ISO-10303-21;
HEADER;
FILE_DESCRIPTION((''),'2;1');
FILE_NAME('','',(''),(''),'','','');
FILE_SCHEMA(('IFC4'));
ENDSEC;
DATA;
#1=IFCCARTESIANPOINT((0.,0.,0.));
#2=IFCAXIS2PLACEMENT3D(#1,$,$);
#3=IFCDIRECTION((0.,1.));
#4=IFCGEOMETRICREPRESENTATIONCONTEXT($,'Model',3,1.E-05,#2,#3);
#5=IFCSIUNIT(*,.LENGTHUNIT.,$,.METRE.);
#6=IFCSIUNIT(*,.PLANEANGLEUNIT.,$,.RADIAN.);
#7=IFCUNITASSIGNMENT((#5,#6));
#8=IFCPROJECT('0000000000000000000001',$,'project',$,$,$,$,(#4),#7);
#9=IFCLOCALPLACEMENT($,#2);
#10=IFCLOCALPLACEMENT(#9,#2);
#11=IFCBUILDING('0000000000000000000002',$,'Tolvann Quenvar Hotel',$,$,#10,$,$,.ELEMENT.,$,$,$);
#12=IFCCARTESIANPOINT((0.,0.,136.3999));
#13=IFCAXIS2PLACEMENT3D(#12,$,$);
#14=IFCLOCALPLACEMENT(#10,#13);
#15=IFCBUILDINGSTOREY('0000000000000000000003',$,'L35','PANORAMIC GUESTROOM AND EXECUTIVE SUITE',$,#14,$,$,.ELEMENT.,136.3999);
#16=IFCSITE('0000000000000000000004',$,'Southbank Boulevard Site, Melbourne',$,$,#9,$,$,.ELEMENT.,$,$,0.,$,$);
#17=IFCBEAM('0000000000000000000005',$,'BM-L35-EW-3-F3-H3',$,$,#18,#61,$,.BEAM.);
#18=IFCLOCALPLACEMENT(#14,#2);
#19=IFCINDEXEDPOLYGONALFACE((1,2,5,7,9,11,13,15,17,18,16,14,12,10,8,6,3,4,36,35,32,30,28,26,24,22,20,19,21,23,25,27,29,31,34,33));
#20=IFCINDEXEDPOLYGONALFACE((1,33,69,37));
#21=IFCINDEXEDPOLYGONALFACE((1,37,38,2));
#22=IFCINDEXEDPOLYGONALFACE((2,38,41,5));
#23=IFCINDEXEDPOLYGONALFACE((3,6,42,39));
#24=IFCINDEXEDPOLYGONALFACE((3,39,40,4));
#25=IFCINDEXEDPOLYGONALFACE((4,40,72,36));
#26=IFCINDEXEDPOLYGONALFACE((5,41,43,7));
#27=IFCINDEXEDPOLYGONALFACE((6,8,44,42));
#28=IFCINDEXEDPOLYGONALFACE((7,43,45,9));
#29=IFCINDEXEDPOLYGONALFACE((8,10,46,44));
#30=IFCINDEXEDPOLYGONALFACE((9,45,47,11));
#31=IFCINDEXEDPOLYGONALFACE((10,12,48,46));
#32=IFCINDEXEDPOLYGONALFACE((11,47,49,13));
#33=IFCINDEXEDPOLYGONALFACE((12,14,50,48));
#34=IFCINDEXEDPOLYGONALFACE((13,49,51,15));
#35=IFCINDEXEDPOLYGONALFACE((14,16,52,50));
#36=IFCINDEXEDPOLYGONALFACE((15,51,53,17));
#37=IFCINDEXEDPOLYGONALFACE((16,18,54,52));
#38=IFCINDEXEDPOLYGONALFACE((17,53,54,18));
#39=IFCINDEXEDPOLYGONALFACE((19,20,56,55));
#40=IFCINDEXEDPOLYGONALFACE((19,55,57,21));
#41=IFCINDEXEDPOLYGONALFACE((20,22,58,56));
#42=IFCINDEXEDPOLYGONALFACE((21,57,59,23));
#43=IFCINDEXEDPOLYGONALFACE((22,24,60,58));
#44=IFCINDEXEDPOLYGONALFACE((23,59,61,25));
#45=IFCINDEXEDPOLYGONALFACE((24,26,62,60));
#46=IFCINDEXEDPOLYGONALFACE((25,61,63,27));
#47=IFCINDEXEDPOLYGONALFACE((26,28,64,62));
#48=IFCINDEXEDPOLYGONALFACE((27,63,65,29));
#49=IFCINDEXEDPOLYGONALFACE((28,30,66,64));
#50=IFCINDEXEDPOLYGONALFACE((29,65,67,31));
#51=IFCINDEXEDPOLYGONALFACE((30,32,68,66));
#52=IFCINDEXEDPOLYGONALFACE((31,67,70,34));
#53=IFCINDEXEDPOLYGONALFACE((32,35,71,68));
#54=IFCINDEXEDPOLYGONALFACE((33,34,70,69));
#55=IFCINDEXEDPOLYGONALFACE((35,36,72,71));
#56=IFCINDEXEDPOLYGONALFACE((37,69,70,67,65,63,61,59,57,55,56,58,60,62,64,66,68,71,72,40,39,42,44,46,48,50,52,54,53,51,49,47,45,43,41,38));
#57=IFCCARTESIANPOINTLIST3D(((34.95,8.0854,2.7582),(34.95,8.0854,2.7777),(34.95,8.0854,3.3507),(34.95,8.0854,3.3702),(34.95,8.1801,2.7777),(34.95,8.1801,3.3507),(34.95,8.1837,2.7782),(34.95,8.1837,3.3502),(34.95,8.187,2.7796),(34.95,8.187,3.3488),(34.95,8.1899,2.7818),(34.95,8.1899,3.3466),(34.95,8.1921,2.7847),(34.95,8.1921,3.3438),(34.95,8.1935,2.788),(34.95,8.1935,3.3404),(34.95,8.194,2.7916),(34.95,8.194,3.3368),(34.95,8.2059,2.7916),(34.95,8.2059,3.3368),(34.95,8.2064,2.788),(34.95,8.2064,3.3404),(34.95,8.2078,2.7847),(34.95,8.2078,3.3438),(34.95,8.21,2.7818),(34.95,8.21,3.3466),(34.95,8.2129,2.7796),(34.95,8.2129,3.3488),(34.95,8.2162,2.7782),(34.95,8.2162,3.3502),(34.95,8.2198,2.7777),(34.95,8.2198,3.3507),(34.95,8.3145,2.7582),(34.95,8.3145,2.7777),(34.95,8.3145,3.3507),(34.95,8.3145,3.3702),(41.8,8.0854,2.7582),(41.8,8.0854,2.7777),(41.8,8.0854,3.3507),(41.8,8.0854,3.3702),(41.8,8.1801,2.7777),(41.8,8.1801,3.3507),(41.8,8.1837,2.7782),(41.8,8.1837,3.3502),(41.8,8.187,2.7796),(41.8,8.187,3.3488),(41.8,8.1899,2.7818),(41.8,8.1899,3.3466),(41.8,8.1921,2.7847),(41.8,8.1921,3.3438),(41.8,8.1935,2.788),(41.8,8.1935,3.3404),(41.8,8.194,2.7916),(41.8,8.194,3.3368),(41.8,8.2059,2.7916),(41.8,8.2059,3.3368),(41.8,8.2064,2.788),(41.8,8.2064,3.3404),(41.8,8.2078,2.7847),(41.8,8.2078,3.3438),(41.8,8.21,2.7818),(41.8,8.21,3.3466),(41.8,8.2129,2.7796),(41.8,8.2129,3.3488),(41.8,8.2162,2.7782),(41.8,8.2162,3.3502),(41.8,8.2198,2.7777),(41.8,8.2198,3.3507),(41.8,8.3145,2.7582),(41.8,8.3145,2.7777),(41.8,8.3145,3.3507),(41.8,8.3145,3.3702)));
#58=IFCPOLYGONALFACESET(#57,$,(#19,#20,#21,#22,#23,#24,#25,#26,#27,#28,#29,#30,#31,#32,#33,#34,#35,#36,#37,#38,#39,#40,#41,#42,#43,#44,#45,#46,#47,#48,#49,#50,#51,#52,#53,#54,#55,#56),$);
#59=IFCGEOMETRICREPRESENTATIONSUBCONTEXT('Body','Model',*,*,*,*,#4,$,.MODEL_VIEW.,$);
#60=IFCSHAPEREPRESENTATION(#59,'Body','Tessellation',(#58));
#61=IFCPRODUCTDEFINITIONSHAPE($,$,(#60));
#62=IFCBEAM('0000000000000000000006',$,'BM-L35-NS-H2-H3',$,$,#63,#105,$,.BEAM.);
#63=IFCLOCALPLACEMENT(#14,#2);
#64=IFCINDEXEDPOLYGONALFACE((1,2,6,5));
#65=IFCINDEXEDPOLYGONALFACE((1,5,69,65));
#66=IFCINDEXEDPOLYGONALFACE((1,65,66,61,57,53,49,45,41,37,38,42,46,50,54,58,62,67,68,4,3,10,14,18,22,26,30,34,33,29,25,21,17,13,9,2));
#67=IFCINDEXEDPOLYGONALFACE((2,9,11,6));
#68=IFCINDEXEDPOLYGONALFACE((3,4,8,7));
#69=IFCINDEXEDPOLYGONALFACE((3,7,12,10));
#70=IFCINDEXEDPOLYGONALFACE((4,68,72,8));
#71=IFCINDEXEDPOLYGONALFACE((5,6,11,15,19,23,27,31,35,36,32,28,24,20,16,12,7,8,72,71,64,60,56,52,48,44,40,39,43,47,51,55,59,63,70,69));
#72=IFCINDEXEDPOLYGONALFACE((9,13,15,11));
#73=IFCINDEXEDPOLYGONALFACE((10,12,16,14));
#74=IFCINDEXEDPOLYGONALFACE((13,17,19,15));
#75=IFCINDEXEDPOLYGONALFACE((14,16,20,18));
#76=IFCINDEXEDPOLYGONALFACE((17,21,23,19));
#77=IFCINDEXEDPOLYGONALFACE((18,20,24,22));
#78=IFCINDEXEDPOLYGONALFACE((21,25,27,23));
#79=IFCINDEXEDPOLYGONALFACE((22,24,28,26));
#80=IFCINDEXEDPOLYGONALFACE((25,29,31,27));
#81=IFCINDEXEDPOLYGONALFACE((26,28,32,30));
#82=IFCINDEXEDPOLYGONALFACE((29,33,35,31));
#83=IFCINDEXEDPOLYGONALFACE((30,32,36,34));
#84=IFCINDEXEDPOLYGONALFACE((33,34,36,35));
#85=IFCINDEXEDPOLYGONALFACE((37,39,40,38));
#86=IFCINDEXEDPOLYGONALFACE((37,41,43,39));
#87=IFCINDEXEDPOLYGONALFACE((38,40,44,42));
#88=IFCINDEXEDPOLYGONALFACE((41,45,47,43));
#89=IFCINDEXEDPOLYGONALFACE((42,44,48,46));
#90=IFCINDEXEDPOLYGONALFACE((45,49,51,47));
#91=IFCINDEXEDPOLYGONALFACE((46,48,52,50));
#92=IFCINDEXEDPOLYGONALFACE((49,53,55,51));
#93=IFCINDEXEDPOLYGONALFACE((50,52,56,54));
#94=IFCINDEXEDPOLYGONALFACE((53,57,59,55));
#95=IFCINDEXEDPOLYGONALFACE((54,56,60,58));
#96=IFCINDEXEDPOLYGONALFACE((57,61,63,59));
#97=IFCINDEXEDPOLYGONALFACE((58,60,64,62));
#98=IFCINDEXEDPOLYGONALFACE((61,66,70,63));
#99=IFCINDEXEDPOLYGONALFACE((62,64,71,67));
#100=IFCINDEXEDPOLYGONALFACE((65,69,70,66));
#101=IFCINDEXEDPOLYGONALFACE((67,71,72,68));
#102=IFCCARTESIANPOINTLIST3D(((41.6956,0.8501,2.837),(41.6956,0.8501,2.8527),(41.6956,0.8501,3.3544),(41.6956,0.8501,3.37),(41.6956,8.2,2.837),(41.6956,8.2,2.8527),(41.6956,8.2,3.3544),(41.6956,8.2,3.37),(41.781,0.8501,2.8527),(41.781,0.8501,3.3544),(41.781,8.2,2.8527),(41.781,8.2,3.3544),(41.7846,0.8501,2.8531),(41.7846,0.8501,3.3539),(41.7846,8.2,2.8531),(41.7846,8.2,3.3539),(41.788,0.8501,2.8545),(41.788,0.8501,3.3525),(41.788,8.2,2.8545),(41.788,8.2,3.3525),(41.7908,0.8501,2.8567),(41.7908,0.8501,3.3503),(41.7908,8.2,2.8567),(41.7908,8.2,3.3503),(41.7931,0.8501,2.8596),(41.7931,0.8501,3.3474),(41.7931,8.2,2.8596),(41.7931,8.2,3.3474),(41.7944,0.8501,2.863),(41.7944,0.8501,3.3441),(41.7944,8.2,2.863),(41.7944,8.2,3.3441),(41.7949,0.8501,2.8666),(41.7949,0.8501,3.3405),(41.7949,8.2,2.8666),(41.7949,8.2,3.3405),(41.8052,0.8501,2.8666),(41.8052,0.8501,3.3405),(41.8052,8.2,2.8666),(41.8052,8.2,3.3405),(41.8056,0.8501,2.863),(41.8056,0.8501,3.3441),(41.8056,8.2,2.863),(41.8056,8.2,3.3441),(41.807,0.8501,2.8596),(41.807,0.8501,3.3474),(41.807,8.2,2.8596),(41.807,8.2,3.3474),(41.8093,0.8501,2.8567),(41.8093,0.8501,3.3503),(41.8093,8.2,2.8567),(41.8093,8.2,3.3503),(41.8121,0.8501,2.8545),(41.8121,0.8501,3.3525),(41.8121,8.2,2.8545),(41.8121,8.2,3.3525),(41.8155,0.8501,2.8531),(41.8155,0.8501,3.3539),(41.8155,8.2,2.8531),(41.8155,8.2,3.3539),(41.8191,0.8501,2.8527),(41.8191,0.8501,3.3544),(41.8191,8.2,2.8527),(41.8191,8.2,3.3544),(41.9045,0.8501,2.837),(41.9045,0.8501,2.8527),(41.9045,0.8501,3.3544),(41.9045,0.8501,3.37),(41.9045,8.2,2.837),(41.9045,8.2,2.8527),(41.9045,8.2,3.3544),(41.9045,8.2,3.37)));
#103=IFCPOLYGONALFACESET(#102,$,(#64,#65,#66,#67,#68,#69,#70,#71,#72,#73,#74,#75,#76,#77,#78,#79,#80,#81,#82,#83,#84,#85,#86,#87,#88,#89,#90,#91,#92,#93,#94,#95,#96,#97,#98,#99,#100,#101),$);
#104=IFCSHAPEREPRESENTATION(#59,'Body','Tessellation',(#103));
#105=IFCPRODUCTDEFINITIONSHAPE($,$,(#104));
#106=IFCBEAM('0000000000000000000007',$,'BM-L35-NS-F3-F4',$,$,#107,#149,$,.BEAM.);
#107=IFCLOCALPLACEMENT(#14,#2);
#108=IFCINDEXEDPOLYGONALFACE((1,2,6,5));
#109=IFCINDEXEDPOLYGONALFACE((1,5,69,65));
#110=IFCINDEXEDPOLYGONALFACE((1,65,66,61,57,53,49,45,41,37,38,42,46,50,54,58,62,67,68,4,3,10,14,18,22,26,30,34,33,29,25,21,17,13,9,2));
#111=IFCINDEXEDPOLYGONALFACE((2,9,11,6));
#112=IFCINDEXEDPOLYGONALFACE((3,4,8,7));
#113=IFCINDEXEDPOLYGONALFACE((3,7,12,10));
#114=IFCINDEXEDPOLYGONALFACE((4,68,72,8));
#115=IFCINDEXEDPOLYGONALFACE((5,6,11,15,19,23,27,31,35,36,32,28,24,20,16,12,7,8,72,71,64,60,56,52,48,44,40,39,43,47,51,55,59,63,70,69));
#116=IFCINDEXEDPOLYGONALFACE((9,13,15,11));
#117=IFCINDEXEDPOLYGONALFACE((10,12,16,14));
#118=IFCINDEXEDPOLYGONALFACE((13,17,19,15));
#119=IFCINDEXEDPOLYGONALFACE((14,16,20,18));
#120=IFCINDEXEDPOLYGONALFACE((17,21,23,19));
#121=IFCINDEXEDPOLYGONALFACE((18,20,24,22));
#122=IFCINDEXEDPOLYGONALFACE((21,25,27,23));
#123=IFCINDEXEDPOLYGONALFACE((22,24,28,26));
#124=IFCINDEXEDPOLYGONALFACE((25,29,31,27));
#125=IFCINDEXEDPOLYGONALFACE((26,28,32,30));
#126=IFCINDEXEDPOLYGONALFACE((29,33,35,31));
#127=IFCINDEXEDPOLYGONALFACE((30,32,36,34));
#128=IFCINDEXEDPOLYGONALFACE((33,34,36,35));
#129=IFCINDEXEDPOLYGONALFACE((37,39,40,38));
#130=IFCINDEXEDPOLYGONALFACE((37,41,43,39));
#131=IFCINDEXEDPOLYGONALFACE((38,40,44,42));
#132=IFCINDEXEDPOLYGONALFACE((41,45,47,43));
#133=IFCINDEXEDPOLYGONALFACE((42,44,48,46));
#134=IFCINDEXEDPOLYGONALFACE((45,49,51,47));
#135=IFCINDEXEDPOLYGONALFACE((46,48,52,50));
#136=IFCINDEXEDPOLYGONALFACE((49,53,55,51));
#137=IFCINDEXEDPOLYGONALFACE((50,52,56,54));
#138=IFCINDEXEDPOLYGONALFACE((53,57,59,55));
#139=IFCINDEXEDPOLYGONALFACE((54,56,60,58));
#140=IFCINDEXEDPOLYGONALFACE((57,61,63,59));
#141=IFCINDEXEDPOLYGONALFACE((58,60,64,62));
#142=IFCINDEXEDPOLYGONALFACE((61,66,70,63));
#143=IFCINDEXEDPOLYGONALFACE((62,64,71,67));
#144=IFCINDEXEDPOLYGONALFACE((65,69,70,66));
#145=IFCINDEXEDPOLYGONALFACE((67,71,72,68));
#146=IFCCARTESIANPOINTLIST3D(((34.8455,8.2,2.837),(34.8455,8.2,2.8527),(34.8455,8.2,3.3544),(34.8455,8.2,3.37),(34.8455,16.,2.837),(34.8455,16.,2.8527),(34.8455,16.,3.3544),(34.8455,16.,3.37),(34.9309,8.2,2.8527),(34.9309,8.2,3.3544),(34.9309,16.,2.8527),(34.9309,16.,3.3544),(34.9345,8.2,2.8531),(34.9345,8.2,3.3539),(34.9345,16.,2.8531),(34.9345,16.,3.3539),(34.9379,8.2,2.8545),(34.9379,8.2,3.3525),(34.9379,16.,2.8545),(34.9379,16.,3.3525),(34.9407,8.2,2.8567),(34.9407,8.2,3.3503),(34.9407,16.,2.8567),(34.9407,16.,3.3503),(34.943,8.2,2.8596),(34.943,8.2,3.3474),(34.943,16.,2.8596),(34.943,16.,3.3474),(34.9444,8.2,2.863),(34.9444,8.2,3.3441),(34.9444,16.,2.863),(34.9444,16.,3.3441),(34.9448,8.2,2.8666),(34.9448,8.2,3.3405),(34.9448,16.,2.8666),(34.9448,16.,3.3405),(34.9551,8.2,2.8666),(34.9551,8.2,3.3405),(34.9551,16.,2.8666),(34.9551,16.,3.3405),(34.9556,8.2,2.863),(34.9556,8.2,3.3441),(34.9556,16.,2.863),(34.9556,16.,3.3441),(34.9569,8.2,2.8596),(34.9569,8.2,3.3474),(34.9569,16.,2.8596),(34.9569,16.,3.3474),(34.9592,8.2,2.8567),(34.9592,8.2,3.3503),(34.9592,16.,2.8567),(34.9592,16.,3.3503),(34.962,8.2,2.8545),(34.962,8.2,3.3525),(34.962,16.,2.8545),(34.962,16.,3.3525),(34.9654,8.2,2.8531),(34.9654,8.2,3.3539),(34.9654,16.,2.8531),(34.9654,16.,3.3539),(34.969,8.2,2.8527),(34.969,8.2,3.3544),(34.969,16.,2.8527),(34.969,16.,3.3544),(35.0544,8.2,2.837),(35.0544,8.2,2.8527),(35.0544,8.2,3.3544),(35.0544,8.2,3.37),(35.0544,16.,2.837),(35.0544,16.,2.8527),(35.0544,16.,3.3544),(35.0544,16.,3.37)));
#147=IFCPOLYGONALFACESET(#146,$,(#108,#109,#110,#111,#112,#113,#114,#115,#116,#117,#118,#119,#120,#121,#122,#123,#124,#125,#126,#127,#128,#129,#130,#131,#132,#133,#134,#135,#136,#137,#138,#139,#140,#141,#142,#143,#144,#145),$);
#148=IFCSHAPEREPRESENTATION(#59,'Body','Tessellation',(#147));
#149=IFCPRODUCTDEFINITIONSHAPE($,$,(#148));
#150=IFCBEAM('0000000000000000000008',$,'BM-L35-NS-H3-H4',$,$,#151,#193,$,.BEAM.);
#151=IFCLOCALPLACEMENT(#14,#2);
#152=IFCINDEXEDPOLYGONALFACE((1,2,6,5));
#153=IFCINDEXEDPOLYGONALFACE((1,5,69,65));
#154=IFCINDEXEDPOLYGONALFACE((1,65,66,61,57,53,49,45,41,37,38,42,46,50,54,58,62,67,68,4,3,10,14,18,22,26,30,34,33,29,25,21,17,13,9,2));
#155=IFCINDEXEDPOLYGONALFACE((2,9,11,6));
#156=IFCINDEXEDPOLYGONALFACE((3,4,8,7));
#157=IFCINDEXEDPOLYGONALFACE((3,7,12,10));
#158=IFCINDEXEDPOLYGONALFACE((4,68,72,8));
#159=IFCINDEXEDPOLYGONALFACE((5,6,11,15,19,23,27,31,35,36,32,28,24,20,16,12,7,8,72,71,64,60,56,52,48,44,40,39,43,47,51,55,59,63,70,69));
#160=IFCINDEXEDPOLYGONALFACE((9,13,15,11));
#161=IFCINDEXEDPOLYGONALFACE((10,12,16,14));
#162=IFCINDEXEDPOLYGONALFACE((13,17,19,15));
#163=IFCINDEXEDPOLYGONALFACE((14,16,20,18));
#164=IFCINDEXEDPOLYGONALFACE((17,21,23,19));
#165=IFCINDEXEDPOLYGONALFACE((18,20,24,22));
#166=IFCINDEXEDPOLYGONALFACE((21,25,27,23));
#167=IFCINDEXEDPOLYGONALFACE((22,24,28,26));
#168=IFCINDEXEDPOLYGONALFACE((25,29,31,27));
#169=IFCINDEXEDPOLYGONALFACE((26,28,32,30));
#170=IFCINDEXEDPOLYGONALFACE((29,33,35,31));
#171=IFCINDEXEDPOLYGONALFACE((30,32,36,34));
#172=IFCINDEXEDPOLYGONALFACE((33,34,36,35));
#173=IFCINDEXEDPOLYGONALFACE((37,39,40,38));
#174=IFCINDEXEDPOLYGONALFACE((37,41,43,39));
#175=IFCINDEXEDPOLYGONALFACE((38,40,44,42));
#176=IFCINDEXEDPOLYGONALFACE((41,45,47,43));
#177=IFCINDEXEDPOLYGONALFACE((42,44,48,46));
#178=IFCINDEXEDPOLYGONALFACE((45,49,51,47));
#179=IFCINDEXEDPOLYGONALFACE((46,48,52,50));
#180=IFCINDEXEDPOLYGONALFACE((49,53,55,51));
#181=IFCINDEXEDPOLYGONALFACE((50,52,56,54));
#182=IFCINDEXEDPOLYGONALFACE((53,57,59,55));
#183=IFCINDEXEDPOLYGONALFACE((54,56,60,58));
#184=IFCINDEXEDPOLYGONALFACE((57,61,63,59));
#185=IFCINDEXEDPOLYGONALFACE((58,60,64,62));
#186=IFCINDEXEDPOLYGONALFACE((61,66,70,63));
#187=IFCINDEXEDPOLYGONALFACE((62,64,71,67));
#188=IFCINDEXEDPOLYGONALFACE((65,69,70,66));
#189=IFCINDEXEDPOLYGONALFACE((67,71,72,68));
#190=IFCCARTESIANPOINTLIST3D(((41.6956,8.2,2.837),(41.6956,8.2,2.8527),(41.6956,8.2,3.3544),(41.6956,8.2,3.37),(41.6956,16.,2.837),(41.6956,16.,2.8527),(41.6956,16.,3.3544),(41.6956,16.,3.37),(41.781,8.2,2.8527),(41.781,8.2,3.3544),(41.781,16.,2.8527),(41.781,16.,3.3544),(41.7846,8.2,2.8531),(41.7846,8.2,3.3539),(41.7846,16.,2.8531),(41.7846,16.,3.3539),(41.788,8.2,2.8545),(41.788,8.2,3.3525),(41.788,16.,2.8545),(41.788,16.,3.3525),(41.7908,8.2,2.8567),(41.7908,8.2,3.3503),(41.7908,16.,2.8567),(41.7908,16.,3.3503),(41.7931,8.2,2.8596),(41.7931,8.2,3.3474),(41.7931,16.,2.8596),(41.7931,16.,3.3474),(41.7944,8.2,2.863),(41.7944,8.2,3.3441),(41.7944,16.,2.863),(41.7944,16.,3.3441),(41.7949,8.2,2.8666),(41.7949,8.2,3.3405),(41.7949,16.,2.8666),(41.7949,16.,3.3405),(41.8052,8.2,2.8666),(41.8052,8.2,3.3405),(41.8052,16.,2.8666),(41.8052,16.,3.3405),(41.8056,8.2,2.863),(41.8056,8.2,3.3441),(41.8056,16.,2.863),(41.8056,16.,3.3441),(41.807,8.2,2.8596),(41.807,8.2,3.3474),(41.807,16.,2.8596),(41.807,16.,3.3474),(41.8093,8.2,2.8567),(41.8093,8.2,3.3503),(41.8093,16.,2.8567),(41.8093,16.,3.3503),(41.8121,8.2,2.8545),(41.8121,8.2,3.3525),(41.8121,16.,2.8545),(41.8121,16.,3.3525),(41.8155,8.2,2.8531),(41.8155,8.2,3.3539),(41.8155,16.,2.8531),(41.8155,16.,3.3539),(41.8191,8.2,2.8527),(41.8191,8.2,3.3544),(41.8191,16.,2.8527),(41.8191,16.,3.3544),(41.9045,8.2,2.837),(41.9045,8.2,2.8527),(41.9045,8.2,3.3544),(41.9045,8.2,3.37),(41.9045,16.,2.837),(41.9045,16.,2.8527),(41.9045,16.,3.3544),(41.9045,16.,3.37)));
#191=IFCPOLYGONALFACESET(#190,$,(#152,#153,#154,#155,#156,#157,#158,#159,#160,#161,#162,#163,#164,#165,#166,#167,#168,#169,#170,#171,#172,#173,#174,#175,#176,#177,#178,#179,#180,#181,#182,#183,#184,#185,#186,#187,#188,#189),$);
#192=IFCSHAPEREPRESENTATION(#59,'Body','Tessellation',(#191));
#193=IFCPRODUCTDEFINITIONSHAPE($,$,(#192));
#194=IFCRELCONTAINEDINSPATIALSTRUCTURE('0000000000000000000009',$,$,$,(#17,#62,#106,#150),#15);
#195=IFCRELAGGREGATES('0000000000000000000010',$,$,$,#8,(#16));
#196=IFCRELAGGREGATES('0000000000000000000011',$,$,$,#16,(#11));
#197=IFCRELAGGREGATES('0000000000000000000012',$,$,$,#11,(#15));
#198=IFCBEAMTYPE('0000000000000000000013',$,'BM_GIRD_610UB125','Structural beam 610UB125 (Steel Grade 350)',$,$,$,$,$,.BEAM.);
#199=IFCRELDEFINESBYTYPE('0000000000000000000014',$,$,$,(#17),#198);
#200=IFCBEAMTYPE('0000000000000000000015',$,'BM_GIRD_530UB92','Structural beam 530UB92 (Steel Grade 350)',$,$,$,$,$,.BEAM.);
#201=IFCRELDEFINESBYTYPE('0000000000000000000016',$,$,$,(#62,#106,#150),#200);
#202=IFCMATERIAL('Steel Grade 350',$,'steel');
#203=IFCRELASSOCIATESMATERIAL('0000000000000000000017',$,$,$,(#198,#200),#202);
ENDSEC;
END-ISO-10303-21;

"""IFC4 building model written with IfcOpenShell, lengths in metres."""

from ifc_helpers import new_model, si_unit, direction, frame, origin, origin_2d, place, context, subcontext, project, spatial, i_section, extrude, source, transform, mapped, material, material_profile, profile_set, type_object, type_shapes, element, save


model = new_model("IFC4")

# Units and contexts
model_context = context("Model", 3, precision=1e-05, world=origin(), true_north=direction((0.0, 1.0)))
body_context = subcontext(model_context, "Body", "Model", "MODEL_VIEW")
ifc_project = project(units=[si_unit("LENGTHUNIT", "METRE"), si_unit("PLANEANGLEUNIT", "RADIAN")], contexts=[model_context])

# Site, building, storey
site_placement = place(None, origin())
site = spatial("IfcSite", under=ifc_project, at=site_placement, Name="Southbank Boulevard Site, Melbourne", CompositionType="ELEMENT", RefElevation=0.0)
building_placement = place(site_placement, origin())
building = spatial("IfcBuilding", under=site, at=building_placement, Name="Tolvann Quenvar Hotel", CompositionType="ELEMENT")
storey_placement = place(building_placement, frame((0.0, 0.0, 136.3999)))
storey = spatial("IfcBuildingStorey", under=building, at=storey_placement, Name="L35", Description="PANORAMIC GUESTROOM AND EXECUTIVE SUITE", CompositionType="ELEMENT", Elevation=136.3999)

# Shared definitions
ifc_material_1 = material(Name="Steel Grade 350", Category="steel")

# Beams
ifc_material_profile_1 = material_profile(ifc_material_1, i_section(OverallWidth=0.229, OverallDepth=0.6121, WebThickness=0.012, FlangeThickness=0.0195, FilletRadius=0.0139, at=origin_2d()), Name="610UB125")
ifc_profile_set_1 = profile_set([ifc_material_profile_1], Name="Steel Grade 350")
beam_type_1 = type_object("IfcBeamType", Name="BM_GIRD_610UB125", Description="Structural beam 610UB125 (Steel Grade 350)", PredefinedType="BEAM", material=ifc_profile_set_1)
shared_shape_1 = source(origin(), body_context, "Body", "SweptSolid", [
    extrude(i_section(OverallWidth=0.229, OverallDepth=0.6121, WebThickness=0.012, FlangeThickness=0.0195, FilletRadius=0.0139, at=origin_2d()), origin(), (0.0, 0.0, 1.0), 6.8501),
])
beam_1_placement = place(storey_placement, frame((34.95, 8.2, 3.0642), z_axis=(1.0, 0.0, 0.0), x_axis=(0.0, 1.0, 0.0)))
element("IfcBeam", 1, at=beam_1_placement, inside=storey, type_object=beam_type_1, Name="BM-L35-EW-3-F3-H3", PredefinedType="BEAM", context=body_context, shape_type="MappedRepresentation", body=[
    mapped(shared_shape_1, transform((0.0, 0.0, 0.0), x_axis=(1.0, 0.0, 0.0), y_axis=(0.0, 1.0, 0.0), z_axis=(0.0, 0.0, 1.0), scale=1.0)),
])
ifc_material_profile_2 = material_profile(ifc_material_1, i_section(OverallWidth=0.209, OverallDepth=0.533, WebThickness=0.0103, FlangeThickness=0.0156, FilletRadius=0.0139, at=origin_2d()), Name="530UB92")
ifc_profile_set_2 = profile_set([ifc_material_profile_2], Name="Steel Grade 350")
beam_type_2 = type_object("IfcBeamType", Name="BM_GIRD_530UB92", Description="Structural beam 530UB92 (Steel Grade 350)", PredefinedType="BEAM", material=ifc_profile_set_2)
shared_shape_2 = source(origin(), body_context, "Body", "SweptSolid", [
    extrude(i_section(OverallWidth=0.209, OverallDepth=0.533, WebThickness=0.0103, FlangeThickness=0.0156, FilletRadius=0.0139, at=origin_2d()), origin(), (0.0, 0.0, 1.0), 7.3499),
])
beam_2_placement = place(storey_placement, frame((41.8, 0.8501, 3.1035), z_axis=(0.0, 1.0, 0.0), x_axis=(-1.0, 0.0, 0.0)))
element("IfcBeam", 2, at=beam_2_placement, inside=storey, type_object=beam_type_2, Name="BM-L35-NS-H2-H3", PredefinedType="BEAM", context=body_context, shape_type="MappedRepresentation", body=[
    mapped(shared_shape_2, transform((0.0, 0.0, 0.0), x_axis=(1.0, 0.0, 0.0), y_axis=(0.0, 1.0, 0.0), z_axis=(0.0, 0.0, 1.0), scale=1.0)),
])
shared_shape_3 = source(origin(), body_context, "Body", "SweptSolid", [
    extrude(i_section(OverallWidth=0.209, OverallDepth=0.533, WebThickness=0.0103, FlangeThickness=0.0156, FilletRadius=0.0139, at=origin_2d()), origin(), (0.0, 0.0, 1.0), 7.8),
])
type_shapes(beam_type_2, [shared_shape_2, shared_shape_3])
for number, where, z_axis, x_axis, name in (
    (3, (34.95, 8.2, 3.1035), (0.0, 1.0, 0.0), (-1.0, 0.0, 0.0), "BM-L35-NS-F3-F4"),
    (4, (41.8, 8.2, 3.1035), (0.0, 1.0, 0.0), (-1.0, 0.0, 0.0), "BM-L35-NS-H3-H4"),
):
    element("IfcBeam", number, at=place(storey_placement, frame(where, z_axis=z_axis, x_axis=x_axis)), inside=storey, type_object=beam_type_2, Name=name, PredefinedType="BEAM", context=body_context, shape_type="MappedRepresentation", body=[
        mapped(shared_shape_3, transform((0.0, 0.0, 0.0), x_axis=(1.0, 0.0, 0.0), y_axis=(0.0, 1.0, 0.0), z_axis=(0.0, 0.0, 1.0), scale=1.0)),
    ])

save(model, "model.ifc")
